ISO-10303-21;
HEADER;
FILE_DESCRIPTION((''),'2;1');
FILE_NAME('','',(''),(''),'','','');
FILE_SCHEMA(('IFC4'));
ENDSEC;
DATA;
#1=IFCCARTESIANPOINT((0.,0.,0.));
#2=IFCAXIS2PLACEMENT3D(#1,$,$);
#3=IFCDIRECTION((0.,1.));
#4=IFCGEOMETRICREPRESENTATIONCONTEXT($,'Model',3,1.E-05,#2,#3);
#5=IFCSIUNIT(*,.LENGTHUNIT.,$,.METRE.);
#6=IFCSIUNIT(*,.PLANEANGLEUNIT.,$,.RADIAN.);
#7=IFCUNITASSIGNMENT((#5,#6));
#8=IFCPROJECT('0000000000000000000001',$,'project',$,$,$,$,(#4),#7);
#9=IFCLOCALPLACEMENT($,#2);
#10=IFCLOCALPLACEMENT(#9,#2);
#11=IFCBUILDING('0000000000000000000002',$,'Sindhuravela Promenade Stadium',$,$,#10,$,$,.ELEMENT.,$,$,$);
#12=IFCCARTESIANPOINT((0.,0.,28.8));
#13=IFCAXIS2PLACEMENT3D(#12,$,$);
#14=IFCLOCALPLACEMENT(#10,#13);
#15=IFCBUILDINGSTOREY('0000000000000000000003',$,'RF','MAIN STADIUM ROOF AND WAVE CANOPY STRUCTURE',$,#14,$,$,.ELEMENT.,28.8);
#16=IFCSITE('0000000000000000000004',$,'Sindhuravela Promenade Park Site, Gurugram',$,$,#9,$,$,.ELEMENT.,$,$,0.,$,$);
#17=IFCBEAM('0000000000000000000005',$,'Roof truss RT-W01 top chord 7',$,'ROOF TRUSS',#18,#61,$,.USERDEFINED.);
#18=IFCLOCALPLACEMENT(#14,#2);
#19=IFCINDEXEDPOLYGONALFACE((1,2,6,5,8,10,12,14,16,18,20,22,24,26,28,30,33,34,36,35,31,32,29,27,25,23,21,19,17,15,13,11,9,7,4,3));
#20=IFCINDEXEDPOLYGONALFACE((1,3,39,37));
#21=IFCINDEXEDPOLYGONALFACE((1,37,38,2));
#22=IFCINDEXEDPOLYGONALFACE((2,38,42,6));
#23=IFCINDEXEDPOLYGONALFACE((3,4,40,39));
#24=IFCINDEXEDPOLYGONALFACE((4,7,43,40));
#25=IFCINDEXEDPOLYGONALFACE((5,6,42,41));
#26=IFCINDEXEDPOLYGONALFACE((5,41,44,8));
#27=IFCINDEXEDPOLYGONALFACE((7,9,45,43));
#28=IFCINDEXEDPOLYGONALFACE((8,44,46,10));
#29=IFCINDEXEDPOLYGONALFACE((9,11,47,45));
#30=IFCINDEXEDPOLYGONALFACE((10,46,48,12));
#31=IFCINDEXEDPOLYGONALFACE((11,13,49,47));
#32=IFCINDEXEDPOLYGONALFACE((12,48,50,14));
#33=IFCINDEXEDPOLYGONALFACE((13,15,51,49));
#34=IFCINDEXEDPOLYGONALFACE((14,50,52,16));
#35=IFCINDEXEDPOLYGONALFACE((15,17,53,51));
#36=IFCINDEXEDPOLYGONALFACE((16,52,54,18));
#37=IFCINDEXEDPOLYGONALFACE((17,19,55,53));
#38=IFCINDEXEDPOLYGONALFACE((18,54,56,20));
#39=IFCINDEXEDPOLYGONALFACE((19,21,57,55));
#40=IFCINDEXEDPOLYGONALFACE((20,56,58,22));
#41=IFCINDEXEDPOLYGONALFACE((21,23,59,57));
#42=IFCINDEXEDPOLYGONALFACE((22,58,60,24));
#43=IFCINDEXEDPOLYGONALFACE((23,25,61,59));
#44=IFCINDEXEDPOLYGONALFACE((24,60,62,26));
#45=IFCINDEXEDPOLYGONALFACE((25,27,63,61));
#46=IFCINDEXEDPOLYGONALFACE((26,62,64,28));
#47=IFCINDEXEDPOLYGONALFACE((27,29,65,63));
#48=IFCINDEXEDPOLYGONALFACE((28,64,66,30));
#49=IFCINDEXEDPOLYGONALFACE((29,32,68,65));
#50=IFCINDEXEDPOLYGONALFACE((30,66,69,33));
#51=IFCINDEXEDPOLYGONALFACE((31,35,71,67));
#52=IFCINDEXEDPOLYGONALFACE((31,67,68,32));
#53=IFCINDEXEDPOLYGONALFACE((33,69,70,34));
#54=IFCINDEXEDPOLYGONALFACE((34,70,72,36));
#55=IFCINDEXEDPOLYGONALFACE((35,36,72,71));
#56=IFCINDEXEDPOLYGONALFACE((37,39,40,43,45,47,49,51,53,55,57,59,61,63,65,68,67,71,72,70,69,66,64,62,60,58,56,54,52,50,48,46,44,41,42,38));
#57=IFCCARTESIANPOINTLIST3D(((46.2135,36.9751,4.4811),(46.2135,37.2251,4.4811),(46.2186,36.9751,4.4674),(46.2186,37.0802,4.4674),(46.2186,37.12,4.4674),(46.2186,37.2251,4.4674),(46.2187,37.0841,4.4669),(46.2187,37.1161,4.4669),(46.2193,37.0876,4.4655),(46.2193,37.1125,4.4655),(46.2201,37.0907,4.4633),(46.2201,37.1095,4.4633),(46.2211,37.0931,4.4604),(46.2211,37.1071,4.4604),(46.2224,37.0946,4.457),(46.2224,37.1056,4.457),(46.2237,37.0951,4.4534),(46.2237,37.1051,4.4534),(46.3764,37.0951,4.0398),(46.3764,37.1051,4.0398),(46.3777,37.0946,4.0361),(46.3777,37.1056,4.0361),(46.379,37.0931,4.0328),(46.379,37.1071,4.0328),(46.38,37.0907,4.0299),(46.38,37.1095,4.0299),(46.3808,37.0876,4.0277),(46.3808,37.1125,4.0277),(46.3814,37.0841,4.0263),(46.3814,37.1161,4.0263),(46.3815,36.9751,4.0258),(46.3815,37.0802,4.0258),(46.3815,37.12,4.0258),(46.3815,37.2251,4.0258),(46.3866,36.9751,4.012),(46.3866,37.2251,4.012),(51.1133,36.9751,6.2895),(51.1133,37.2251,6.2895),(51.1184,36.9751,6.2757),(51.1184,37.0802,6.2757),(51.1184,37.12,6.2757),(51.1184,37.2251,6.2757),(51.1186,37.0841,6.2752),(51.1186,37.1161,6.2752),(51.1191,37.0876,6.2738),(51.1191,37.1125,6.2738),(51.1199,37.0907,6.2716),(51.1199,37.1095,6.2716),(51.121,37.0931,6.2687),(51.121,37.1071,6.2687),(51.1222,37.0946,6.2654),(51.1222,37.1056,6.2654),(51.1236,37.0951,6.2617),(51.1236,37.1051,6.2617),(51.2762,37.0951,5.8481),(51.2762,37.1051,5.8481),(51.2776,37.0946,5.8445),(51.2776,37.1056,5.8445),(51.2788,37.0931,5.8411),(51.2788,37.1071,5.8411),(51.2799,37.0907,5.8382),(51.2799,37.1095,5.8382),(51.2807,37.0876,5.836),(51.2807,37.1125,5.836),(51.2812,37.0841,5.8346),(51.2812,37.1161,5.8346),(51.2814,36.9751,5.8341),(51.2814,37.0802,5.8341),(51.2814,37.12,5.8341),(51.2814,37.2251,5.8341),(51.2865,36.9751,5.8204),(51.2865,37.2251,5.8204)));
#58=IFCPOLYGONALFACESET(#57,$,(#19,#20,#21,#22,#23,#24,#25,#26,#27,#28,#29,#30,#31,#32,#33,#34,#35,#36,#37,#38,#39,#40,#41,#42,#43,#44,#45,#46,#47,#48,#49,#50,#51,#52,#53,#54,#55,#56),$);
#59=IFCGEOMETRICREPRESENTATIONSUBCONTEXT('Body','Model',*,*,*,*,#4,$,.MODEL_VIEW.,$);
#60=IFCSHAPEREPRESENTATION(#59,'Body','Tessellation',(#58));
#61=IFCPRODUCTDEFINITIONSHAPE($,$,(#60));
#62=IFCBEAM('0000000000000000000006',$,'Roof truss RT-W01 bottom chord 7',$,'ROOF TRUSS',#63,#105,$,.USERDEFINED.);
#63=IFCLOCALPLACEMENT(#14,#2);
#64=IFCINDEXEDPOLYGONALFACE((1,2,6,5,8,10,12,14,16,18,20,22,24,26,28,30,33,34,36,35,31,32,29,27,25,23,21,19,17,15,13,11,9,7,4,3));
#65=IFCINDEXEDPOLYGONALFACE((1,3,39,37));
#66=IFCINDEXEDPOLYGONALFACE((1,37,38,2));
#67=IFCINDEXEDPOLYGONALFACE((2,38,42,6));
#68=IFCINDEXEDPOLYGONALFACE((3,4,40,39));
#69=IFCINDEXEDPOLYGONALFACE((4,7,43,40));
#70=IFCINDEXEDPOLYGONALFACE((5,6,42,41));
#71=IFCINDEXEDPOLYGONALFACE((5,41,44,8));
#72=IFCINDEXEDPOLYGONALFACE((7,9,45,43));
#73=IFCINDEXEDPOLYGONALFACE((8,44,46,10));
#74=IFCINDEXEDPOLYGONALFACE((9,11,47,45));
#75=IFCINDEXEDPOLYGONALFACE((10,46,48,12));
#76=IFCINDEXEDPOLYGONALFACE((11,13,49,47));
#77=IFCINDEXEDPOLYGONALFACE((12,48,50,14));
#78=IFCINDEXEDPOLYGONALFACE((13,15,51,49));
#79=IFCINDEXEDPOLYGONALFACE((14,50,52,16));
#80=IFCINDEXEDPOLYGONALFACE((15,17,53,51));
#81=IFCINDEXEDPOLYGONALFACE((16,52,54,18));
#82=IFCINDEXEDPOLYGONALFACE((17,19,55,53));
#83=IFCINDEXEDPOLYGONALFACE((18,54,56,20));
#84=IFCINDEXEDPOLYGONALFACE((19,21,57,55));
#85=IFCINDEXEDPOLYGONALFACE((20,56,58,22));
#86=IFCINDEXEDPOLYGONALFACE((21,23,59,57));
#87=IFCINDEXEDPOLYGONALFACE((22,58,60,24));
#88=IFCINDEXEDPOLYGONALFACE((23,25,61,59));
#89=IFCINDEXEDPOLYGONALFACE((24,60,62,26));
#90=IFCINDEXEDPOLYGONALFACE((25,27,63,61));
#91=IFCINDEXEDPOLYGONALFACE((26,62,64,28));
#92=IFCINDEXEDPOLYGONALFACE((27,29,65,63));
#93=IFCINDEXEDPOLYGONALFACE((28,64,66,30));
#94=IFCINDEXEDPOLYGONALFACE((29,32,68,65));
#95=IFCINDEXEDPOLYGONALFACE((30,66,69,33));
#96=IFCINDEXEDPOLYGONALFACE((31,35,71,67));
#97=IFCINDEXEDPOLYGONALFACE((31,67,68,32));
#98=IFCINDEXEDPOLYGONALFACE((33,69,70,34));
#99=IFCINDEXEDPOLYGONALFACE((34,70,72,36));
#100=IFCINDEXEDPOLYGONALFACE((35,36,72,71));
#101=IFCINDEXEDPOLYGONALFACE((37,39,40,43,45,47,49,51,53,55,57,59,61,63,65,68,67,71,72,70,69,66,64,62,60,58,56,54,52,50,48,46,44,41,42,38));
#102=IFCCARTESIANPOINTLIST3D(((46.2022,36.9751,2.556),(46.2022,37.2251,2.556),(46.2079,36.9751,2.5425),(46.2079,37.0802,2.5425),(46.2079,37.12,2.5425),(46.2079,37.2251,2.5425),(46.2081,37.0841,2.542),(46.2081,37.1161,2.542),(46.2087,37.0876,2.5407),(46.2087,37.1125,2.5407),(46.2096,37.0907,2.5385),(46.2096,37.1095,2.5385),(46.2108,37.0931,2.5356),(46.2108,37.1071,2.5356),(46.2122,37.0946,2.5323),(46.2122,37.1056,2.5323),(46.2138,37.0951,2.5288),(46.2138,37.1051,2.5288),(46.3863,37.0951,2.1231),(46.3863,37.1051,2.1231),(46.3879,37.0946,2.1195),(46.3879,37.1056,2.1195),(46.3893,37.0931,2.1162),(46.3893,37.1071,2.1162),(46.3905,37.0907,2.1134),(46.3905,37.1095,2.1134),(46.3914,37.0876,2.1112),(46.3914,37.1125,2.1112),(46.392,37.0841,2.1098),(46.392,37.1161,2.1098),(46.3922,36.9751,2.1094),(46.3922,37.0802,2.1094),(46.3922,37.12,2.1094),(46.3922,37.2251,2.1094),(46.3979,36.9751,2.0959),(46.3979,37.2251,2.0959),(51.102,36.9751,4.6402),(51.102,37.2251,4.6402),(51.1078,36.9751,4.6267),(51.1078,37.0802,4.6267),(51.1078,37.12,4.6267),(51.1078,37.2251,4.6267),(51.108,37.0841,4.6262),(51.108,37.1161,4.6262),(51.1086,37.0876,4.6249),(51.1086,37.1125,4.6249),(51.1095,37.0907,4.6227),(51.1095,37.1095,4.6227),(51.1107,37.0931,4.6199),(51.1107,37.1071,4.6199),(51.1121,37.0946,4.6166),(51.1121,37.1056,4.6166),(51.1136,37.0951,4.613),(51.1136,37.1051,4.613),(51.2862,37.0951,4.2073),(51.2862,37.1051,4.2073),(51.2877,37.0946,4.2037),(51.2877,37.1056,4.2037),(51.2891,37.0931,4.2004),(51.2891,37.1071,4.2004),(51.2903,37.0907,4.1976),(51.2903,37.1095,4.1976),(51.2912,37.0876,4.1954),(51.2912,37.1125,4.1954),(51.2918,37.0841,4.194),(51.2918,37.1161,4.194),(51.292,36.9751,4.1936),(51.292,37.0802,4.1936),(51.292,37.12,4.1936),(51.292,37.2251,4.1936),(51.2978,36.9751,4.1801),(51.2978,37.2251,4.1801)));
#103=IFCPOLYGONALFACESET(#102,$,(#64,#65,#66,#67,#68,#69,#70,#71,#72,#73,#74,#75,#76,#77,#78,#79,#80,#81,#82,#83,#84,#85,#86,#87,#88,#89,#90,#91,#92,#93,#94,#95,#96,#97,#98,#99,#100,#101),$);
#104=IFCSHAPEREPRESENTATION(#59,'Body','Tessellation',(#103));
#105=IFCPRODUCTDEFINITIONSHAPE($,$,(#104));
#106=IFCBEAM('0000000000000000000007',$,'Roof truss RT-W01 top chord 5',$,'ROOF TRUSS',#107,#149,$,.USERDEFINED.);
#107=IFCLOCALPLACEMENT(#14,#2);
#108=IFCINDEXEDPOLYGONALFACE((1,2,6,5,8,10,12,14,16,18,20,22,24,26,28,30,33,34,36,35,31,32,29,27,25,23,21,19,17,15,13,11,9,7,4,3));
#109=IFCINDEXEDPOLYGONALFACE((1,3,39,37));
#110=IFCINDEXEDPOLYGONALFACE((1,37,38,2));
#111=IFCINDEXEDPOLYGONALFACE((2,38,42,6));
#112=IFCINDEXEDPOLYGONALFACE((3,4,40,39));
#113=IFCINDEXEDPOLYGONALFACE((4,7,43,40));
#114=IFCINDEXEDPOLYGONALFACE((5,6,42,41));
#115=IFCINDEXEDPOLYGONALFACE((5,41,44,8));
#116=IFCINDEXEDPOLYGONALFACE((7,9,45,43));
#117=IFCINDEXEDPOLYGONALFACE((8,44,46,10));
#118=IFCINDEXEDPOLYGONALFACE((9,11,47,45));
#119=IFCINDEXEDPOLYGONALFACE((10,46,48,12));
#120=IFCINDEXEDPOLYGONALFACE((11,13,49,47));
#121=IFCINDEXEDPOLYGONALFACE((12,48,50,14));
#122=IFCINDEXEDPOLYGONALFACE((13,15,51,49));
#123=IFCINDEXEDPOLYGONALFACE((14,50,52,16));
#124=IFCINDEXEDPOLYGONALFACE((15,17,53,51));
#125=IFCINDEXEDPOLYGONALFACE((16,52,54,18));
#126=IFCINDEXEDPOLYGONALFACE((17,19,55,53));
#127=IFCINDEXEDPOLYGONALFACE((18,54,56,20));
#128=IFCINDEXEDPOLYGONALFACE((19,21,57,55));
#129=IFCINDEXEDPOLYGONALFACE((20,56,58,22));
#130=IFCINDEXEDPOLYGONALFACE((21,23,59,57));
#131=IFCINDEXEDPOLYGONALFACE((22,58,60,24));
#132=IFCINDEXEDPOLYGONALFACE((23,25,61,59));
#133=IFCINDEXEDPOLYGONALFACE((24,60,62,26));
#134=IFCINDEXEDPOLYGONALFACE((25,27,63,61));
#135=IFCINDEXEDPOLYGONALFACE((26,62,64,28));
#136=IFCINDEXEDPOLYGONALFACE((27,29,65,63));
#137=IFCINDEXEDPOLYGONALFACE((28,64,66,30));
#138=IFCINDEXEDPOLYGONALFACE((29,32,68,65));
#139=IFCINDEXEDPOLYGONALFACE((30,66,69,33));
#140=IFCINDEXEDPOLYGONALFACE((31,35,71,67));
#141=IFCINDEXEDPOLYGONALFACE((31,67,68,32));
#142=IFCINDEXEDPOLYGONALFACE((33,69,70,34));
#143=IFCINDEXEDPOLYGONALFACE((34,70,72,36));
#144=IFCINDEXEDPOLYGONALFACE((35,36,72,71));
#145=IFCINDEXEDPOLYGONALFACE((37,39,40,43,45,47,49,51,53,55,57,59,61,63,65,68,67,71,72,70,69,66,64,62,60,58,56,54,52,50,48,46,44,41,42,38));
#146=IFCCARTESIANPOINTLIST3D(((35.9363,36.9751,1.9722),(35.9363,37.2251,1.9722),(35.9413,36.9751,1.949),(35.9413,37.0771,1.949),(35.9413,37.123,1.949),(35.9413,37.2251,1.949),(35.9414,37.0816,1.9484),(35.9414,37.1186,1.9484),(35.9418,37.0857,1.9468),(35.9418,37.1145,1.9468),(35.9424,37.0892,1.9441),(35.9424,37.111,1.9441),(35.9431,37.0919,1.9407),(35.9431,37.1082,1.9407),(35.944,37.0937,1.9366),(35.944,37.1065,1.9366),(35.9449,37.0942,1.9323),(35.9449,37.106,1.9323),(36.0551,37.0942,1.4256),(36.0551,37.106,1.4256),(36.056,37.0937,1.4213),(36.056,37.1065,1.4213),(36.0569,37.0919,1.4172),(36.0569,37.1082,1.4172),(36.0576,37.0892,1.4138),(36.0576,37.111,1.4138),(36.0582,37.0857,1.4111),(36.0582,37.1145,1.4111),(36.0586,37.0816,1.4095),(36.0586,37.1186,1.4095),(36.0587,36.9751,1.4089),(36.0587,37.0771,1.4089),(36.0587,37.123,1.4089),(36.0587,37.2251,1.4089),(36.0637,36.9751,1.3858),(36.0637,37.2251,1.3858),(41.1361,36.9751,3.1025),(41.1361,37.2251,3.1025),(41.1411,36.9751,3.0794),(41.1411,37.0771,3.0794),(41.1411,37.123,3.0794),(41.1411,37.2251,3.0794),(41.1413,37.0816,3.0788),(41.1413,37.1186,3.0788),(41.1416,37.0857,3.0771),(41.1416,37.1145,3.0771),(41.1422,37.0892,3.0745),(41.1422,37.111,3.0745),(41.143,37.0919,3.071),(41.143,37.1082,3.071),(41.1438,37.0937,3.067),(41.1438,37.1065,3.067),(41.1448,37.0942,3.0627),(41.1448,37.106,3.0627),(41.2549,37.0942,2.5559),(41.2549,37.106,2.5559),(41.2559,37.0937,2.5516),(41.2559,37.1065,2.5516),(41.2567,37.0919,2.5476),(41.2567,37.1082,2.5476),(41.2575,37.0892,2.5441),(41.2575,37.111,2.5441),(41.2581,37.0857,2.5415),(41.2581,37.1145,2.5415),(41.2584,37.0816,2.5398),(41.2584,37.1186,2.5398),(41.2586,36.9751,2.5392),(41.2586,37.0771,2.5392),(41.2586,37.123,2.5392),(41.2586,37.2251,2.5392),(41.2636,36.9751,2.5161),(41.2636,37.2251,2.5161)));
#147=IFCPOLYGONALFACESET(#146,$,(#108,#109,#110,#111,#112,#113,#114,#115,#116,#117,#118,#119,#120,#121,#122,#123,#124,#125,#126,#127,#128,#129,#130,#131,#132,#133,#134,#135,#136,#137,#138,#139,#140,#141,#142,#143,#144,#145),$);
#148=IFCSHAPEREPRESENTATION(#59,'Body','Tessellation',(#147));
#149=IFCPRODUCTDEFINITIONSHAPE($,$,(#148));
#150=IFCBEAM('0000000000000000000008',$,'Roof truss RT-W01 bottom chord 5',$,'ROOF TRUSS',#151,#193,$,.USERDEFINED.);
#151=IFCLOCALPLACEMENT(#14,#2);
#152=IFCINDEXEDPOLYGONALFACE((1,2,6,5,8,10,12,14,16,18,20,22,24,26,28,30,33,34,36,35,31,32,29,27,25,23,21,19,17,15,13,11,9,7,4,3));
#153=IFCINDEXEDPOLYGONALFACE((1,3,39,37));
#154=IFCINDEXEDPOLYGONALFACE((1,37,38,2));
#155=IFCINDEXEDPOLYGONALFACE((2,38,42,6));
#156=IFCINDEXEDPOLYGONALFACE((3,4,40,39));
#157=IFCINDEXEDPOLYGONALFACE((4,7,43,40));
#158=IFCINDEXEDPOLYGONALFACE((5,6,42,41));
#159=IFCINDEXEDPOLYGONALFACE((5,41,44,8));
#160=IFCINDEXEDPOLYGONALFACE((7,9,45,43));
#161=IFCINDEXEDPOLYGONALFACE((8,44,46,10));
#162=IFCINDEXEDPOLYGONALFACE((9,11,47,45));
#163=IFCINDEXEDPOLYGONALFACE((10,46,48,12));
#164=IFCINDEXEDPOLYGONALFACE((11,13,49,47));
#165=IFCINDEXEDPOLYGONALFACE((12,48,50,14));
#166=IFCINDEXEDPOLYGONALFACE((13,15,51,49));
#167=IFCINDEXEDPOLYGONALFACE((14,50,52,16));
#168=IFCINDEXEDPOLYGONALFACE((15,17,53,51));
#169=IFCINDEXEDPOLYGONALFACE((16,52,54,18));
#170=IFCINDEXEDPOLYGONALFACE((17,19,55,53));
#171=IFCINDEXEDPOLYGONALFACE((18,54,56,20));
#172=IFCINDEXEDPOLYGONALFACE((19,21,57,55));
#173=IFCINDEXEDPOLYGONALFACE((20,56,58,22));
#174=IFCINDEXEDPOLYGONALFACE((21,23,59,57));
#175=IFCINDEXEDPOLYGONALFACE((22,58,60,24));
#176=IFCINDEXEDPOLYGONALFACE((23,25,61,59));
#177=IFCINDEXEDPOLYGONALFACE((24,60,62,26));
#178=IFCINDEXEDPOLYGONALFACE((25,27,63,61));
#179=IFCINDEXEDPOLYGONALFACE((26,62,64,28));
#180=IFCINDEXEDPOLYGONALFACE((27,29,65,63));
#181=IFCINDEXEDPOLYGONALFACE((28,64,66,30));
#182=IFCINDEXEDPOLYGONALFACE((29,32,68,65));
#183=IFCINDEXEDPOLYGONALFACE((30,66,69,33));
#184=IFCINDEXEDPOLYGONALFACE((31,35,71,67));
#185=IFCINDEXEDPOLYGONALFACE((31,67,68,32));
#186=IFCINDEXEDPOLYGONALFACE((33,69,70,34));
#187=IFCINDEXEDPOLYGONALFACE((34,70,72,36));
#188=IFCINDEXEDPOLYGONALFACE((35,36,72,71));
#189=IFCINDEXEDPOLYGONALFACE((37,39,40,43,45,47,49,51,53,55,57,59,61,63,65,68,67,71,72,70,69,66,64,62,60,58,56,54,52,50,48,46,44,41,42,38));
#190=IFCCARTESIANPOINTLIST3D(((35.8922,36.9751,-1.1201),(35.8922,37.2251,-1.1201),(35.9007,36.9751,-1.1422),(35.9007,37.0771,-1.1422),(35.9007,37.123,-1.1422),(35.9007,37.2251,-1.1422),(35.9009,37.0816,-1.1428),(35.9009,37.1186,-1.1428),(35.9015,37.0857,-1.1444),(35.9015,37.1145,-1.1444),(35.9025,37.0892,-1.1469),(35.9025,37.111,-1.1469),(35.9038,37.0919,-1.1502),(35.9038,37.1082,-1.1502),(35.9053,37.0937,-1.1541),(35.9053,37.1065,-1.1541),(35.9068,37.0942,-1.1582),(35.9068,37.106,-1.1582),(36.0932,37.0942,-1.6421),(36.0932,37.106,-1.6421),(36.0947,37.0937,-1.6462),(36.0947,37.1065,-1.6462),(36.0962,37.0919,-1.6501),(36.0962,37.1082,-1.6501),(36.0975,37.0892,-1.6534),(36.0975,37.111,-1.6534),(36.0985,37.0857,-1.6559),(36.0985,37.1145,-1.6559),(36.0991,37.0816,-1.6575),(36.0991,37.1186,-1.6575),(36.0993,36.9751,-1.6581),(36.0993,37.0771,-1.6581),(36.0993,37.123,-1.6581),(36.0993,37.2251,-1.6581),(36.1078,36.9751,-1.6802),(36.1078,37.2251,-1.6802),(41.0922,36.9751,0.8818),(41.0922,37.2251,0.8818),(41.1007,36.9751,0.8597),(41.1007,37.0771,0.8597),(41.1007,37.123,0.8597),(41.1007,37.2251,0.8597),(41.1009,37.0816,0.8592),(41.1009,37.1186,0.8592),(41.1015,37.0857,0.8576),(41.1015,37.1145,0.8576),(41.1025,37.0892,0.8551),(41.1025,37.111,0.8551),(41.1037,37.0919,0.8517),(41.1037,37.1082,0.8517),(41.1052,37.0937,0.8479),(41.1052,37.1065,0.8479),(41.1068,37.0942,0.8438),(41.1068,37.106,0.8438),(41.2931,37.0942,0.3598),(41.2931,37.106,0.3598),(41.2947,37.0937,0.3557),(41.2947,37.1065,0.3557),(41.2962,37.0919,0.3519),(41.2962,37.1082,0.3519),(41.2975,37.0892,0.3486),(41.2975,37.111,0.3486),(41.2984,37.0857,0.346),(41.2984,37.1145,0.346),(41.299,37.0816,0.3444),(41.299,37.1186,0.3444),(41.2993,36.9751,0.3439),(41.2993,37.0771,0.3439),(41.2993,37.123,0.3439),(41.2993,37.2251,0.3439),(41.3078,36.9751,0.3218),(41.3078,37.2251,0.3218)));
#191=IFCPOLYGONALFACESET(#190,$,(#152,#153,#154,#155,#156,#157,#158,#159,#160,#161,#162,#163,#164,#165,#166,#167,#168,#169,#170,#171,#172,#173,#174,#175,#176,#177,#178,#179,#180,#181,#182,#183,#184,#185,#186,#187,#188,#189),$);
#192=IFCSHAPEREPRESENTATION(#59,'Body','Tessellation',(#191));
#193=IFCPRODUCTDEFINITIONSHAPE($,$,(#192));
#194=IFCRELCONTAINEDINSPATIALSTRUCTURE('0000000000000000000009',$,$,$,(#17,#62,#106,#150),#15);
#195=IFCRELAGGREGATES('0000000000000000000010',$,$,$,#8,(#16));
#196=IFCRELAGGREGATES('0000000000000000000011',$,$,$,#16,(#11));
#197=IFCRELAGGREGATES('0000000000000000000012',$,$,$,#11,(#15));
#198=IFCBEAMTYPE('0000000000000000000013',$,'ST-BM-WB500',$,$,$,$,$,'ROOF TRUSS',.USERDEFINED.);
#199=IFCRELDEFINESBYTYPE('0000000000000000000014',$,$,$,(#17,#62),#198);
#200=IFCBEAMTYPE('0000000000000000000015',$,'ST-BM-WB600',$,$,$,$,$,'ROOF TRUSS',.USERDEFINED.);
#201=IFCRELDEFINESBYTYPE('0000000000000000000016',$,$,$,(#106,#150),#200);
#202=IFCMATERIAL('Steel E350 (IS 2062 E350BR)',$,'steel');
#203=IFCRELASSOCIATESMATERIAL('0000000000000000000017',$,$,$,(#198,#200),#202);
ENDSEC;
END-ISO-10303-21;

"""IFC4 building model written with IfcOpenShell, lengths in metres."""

from ifc_helpers import new_model, si_unit, direction, frame, origin, origin_2d, place, context, subcontext, project, spatial, i_section, extrude, material, material_profile, profile_set, type_object, element, save


model = new_model("IFC4")

# Units and contexts
model_context = context("Model", 3, precision=1e-05, world=origin(), true_north=direction((0.0, 1.0)))
body_context = subcontext(model_context, "Body", "Model", "MODEL_VIEW")
ifc_project = project(units=[si_unit("LENGTHUNIT", "METRE"), si_unit("PLANEANGLEUNIT", "RADIAN")], contexts=[model_context])

# Site, building, storey
site_placement = place(None, origin())
site = spatial("IfcSite", under=ifc_project, at=site_placement, Name="Sindhuravela Promenade Park Site, Gurugram", CompositionType="ELEMENT", RefElevation=0.0)
building_placement = place(site_placement, origin())
building = spatial("IfcBuilding", under=site, at=building_placement, Name="Sindhuravela Promenade Stadium", CompositionType="ELEMENT")
storey_placement = place(building_placement, frame((0.0, 0.0, 28.8)))
storey = spatial("IfcBuildingStorey", under=building, at=storey_placement, Name="RF", Description="MAIN STADIUM ROOF AND WAVE CANOPY STRUCTURE", CompositionType="ELEMENT", Elevation=28.8)

# Beams
ifc_material_1 = material(Name="Steel E350 (IS 2062 E350BR)", Category="steel")
ifc_material_profile_1 = material_profile(ifc_material_1, i_section(OverallWidth=0.25, OverallDepth=0.5, WebThickness=0.01, FlangeThickness=0.0146, FilletRadius=0.0149, at=origin_2d()), Name="ISWB 500")
ifc_profile_set_1 = profile_set([ifc_material_profile_1], Name="Steel E350 (IS 2062 E350BR)")
beam_type_1 = type_object("IfcBeamType", Name="ST-BM-WB500", ElementType="ROOF TRUSS", PredefinedType="USERDEFINED", material=ifc_profile_set_1)
beam_1_placement = place(storey_placement, frame((46.3, 37.1001, 4.2466), z_axis=(0.938149, 0.0, 0.346232), x_axis=(0.0, 1.0, 0.0)))
element("IfcBeam", 1, at=beam_1_placement, inside=storey, type_object=beam_type_1, Name="Roof truss RT-W01 top chord 7", ObjectType="ROOF TRUSS", PredefinedType="USERDEFINED", context=body_context, shape_type="SweptSolid", body=[
    extrude(i_section(OverallWidth=0.25, OverallDepth=0.5, WebThickness=0.01, FlangeThickness=0.0146, FilletRadius=0.0149, at=origin_2d()), origin(), (0.0, 0.0, 1.0), 5.2229),
])
beam_2_placement = place(storey_placement, frame((46.3, 37.1001, 2.3259), z_axis=(0.920211, 0.0, 0.391422), x_axis=(0.0, 1.0, 0.0)))
element("IfcBeam", 2, at=beam_2_placement, inside=storey, type_object=beam_type_1, Name="Roof truss RT-W01 bottom chord 7", ObjectType="ROOF TRUSS", PredefinedType="USERDEFINED", context=body_context, shape_type="SweptSolid", body=[
    extrude(i_section(OverallWidth=0.25, OverallDepth=0.5, WebThickness=0.01, FlangeThickness=0.0146, FilletRadius=0.0149, at=origin_2d()), origin(), (0.0, 0.0, 1.0), 5.3247),
])
ifc_material_profile_2 = material_profile(ifc_material_1, i_section(OverallWidth=0.25, OverallDepth=0.6001, WebThickness=0.0117, FlangeThickness=0.0237, FilletRadius=0.0171, at=origin_2d()), Name="ISWB 600")
ifc_profile_set_2 = profile_set([ifc_material_profile_2], Name="Steel E350 (IS 2062 E350BR)")
beam_type_2 = type_object("IfcBeamType", Name="ST-BM-WB600", ElementType="ROOF TRUSS", PredefinedType="USERDEFINED", material=ifc_profile_set_2)
beam_3_placement = place(storey_placement, frame((36.0, 37.1001, 1.679), z_axis=(0.977178, 0.0, 0.21242), x_axis=(0.0, 1.0, 0.0)))
element("IfcBeam", 3, at=beam_3_placement, inside=storey, type_object=beam_type_2, Name="Roof truss RT-W01 top chord 5", ObjectType="ROOF TRUSS", PredefinedType="USERDEFINED", context=body_context, shape_type="SweptSolid", body=[
    extrude(i_section(OverallWidth=0.25, OverallDepth=0.6001, WebThickness=0.0117, FlangeThickness=0.0237, FilletRadius=0.0171, at=origin_2d()), origin(), (0.0, 0.0, 1.0), 5.3213),
])
beam_4_placement = place(storey_placement, frame((36.0, 37.1001, -1.4001), z_axis=(0.933227, 0.0, 0.359287), x_axis=(0.0, 1.0, 0.0)))
element("IfcBeam", 4, at=beam_4_placement, inside=storey, type_object=beam_type_2, Name="Roof truss RT-W01 bottom chord 5", ObjectType="ROOF TRUSS", PredefinedType="USERDEFINED", context=body_context, shape_type="SweptSolid", body=[
    extrude(i_section(OverallWidth=0.25, OverallDepth=0.6001, WebThickness=0.0117, FlangeThickness=0.0237, FilletRadius=0.0171, at=origin_2d()), origin(), (0.0, 0.0, 1.0), 5.572),
])

save(model, "model.ifc")
